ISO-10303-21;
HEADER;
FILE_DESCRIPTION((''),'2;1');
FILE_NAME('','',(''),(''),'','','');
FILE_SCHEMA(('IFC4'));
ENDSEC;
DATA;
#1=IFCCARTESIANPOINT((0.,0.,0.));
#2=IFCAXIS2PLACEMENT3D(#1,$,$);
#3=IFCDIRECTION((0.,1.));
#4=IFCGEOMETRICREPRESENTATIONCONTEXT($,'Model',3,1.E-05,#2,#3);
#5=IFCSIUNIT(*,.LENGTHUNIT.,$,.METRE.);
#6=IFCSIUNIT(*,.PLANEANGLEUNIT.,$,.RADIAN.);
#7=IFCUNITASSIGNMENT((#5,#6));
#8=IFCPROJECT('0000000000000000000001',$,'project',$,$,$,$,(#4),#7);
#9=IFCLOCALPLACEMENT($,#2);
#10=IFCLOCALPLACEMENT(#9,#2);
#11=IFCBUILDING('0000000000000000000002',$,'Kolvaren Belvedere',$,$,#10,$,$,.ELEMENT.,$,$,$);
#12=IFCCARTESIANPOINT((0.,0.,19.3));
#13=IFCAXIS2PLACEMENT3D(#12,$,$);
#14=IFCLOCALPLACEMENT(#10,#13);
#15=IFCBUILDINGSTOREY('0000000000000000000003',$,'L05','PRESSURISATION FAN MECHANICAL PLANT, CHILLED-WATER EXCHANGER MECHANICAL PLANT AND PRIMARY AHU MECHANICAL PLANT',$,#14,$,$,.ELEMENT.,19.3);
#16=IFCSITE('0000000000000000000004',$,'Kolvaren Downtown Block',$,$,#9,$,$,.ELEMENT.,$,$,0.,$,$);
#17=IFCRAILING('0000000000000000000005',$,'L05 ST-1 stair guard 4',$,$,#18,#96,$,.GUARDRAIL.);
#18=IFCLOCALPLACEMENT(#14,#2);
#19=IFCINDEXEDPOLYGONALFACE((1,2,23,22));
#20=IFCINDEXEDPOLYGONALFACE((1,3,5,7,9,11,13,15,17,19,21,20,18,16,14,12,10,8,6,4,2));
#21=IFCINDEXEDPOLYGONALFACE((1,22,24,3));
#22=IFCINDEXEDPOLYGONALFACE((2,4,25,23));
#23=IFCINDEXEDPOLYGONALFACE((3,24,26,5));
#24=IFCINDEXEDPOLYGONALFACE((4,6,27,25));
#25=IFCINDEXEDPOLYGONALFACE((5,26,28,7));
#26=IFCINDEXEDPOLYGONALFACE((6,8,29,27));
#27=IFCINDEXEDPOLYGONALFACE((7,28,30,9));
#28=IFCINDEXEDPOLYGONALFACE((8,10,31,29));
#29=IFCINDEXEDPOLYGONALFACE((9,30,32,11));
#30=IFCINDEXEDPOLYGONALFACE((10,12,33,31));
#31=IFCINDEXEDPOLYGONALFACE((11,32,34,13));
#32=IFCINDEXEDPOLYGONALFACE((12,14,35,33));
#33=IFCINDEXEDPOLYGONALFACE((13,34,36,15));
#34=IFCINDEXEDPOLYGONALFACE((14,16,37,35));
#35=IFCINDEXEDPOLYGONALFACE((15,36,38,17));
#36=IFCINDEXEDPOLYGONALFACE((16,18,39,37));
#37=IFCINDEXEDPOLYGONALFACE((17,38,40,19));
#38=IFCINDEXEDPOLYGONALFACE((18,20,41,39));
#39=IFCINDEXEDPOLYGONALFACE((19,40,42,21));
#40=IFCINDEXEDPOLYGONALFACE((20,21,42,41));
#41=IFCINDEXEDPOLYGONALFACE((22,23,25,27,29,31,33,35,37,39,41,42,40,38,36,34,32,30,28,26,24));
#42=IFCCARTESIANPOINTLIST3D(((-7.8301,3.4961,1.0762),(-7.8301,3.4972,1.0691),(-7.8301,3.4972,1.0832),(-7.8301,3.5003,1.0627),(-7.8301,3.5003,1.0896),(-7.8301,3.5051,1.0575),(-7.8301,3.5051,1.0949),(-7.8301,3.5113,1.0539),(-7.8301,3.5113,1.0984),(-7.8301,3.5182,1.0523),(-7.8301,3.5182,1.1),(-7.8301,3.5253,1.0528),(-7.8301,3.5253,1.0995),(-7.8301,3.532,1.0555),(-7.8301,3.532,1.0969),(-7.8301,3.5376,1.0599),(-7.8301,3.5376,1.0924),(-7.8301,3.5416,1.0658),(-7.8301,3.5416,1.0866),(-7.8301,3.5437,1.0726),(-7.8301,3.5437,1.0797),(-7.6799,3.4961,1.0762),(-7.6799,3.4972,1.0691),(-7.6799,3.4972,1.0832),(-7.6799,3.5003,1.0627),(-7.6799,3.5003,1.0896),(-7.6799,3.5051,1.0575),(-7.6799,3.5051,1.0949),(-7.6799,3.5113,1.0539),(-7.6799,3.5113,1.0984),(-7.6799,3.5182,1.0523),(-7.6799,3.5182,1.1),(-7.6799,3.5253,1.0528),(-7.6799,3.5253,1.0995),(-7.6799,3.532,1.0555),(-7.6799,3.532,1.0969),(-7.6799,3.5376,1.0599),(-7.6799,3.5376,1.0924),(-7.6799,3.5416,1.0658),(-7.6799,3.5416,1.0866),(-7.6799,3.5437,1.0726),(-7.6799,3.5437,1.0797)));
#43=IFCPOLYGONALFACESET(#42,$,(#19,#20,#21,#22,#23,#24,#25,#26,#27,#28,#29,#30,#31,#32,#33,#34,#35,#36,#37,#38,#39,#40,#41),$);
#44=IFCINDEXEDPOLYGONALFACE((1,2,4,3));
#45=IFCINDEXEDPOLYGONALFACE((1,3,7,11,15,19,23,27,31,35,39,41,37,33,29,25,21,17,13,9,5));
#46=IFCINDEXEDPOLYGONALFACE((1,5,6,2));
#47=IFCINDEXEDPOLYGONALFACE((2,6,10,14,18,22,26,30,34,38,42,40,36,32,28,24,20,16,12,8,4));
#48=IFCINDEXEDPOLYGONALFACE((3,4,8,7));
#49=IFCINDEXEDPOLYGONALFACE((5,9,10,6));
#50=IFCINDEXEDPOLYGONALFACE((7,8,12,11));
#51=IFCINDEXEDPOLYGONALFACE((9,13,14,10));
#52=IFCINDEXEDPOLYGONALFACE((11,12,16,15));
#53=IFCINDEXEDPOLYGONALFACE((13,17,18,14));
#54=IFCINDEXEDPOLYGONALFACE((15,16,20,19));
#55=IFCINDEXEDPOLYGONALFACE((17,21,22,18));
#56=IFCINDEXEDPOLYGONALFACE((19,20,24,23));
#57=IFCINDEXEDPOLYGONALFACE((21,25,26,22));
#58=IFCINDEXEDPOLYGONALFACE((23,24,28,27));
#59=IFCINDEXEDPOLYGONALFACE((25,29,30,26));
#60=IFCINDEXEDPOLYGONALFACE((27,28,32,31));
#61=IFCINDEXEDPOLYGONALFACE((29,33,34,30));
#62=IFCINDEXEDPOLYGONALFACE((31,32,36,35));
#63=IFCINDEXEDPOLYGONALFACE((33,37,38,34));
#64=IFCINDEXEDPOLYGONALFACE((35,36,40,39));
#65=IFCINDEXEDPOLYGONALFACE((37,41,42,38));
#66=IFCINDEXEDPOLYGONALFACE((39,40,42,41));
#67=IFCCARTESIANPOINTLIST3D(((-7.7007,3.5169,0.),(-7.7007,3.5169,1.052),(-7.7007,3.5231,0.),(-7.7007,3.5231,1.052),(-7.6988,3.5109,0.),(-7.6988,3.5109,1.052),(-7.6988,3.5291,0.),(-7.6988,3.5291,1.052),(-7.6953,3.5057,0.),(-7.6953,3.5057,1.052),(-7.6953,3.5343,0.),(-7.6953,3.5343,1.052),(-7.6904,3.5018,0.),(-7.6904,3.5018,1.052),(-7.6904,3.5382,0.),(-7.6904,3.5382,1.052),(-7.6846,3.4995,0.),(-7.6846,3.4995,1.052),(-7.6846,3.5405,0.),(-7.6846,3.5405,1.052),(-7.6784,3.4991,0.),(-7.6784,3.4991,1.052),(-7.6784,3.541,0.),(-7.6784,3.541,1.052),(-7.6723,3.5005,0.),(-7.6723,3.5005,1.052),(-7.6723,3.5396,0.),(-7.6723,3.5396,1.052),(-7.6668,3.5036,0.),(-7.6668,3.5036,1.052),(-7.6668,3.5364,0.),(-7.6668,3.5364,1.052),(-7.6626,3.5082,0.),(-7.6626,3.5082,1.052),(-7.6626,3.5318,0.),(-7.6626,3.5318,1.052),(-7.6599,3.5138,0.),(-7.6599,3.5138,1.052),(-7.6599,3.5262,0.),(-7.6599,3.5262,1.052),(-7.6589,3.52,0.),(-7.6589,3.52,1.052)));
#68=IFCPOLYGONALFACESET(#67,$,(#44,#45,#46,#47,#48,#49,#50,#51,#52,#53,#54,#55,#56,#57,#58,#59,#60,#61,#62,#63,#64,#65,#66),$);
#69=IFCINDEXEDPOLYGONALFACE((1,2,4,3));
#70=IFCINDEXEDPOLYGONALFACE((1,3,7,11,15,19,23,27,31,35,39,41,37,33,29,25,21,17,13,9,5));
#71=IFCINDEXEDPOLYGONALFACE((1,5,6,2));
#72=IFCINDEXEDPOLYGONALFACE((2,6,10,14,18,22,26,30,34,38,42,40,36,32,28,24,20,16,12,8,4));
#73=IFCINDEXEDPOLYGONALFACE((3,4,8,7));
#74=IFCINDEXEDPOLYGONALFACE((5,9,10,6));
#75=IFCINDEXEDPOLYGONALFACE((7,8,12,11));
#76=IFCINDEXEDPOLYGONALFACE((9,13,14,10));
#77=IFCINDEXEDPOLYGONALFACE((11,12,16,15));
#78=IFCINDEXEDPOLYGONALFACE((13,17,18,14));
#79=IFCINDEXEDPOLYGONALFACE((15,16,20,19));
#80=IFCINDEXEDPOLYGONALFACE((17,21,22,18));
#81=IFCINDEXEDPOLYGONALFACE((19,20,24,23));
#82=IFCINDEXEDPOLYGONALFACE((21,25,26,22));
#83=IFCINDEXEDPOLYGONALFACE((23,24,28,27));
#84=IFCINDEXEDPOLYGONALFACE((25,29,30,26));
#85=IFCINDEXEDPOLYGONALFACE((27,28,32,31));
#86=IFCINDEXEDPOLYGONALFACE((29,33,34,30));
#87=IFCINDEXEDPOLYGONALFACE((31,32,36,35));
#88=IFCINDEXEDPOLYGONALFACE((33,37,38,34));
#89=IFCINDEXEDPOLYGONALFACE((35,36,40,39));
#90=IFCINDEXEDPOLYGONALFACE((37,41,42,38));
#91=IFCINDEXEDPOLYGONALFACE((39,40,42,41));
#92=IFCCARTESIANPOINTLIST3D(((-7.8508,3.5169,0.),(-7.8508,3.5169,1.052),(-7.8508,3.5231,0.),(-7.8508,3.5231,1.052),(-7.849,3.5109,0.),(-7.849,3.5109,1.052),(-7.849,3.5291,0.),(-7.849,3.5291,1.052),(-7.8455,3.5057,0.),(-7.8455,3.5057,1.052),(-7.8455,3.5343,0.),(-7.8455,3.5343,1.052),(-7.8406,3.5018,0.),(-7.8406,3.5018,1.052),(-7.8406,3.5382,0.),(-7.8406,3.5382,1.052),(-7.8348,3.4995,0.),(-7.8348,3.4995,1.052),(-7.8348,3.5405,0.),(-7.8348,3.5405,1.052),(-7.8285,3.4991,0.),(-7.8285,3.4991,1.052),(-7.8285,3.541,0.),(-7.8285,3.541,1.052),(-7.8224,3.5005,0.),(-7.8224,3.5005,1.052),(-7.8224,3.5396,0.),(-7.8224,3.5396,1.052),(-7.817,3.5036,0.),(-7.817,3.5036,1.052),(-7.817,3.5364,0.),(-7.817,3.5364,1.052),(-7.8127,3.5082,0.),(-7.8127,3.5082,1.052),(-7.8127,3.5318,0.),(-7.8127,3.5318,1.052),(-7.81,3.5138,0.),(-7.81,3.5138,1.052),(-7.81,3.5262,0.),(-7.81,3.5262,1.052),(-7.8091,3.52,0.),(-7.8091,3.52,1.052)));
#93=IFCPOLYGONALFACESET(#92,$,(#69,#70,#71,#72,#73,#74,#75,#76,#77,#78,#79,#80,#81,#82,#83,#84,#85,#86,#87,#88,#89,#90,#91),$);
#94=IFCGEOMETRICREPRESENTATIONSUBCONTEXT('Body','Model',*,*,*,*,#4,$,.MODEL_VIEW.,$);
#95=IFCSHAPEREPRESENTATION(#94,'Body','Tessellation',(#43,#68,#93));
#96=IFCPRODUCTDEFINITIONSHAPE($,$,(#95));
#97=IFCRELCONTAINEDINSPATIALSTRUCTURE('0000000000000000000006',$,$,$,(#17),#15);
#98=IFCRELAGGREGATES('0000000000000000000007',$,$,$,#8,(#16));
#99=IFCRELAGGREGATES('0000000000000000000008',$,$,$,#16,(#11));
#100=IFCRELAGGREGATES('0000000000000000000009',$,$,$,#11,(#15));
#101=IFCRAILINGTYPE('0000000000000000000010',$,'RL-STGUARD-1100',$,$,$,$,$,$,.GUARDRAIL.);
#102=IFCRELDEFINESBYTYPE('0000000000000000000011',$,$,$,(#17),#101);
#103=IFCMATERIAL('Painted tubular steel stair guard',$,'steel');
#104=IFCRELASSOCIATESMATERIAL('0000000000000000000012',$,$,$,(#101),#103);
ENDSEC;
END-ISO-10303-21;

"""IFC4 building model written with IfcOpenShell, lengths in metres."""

from ifc_helpers import new_model, si_unit, direction, frame, origin, origin_2d, place, context, subcontext, project, spatial, circle, extrude, material, type_object, element, save


model = new_model("IFC4")

# Units and contexts
model_context = context("Model", 3, precision=1e-05, world=origin(), true_north=direction((0.0, 1.0)))
body_context = subcontext(model_context, "Body", "Model", "MODEL_VIEW")
ifc_project = project(units=[si_unit("LENGTHUNIT", "METRE"), si_unit("PLANEANGLEUNIT", "RADIAN")], contexts=[model_context])

# Site, building, storey
site_placement = place(None, origin())
site = spatial("IfcSite", under=ifc_project, at=site_placement, Name="Kolvaren Downtown Block", CompositionType="ELEMENT", RefElevation=0.0)
building_placement = place(site_placement, origin())
building = spatial("IfcBuilding", under=site, at=building_placement, Name="Kolvaren Belvedere", CompositionType="ELEMENT")
storey_placement = place(building_placement, frame((0.0, 0.0, 19.3)))
storey = spatial("IfcBuildingStorey", under=building, at=storey_placement, Name="L05", Description="PRESSURISATION FAN MECHANICAL PLANT, CHILLED-WATER EXCHANGER MECHANICAL PLANT AND PRIMARY AHU MECHANICAL PLANT", CompositionType="ELEMENT", Elevation=19.3)

# Railing
ifc_material_1 = material(Name="Painted tubular steel stair guard", Category="steel")
railing_type_1 = type_object("IfcRailingType", Name="RL-STGUARD-1100", PredefinedType="GUARDRAIL", material=ifc_material_1)
railing_1_placement = place(storey_placement, frame((-7.6799, 3.52, 0.0)))
element("IfcRailing", 1, at=railing_1_placement, inside=storey, type_object=railing_type_1, Name="L05 ST-1 stair guard 4", PredefinedType="GUARDRAIL", context=body_context, shape_type="SweptSolid", body=[
    extrude(circle(Radius=0.0239, at=origin_2d()), frame((0.0, 0.0, 1.0762), z_axis=(-1.0, 0.0, 0.0), x_axis=(0.0, -1.0, 0.0)), (0.0, 0.0, 1.0), 0.1501),
    extrude(circle(Radius=0.021, at=origin_2d()), origin(), (0.0, 0.0, 1.0), 1.052),
    extrude(circle(Radius=0.021, at=origin_2d()), frame((-0.1501, 0.0, 0.0)), (0.0, 0.0, 1.0), 1.052),
])

save(model, "model.ifc")
